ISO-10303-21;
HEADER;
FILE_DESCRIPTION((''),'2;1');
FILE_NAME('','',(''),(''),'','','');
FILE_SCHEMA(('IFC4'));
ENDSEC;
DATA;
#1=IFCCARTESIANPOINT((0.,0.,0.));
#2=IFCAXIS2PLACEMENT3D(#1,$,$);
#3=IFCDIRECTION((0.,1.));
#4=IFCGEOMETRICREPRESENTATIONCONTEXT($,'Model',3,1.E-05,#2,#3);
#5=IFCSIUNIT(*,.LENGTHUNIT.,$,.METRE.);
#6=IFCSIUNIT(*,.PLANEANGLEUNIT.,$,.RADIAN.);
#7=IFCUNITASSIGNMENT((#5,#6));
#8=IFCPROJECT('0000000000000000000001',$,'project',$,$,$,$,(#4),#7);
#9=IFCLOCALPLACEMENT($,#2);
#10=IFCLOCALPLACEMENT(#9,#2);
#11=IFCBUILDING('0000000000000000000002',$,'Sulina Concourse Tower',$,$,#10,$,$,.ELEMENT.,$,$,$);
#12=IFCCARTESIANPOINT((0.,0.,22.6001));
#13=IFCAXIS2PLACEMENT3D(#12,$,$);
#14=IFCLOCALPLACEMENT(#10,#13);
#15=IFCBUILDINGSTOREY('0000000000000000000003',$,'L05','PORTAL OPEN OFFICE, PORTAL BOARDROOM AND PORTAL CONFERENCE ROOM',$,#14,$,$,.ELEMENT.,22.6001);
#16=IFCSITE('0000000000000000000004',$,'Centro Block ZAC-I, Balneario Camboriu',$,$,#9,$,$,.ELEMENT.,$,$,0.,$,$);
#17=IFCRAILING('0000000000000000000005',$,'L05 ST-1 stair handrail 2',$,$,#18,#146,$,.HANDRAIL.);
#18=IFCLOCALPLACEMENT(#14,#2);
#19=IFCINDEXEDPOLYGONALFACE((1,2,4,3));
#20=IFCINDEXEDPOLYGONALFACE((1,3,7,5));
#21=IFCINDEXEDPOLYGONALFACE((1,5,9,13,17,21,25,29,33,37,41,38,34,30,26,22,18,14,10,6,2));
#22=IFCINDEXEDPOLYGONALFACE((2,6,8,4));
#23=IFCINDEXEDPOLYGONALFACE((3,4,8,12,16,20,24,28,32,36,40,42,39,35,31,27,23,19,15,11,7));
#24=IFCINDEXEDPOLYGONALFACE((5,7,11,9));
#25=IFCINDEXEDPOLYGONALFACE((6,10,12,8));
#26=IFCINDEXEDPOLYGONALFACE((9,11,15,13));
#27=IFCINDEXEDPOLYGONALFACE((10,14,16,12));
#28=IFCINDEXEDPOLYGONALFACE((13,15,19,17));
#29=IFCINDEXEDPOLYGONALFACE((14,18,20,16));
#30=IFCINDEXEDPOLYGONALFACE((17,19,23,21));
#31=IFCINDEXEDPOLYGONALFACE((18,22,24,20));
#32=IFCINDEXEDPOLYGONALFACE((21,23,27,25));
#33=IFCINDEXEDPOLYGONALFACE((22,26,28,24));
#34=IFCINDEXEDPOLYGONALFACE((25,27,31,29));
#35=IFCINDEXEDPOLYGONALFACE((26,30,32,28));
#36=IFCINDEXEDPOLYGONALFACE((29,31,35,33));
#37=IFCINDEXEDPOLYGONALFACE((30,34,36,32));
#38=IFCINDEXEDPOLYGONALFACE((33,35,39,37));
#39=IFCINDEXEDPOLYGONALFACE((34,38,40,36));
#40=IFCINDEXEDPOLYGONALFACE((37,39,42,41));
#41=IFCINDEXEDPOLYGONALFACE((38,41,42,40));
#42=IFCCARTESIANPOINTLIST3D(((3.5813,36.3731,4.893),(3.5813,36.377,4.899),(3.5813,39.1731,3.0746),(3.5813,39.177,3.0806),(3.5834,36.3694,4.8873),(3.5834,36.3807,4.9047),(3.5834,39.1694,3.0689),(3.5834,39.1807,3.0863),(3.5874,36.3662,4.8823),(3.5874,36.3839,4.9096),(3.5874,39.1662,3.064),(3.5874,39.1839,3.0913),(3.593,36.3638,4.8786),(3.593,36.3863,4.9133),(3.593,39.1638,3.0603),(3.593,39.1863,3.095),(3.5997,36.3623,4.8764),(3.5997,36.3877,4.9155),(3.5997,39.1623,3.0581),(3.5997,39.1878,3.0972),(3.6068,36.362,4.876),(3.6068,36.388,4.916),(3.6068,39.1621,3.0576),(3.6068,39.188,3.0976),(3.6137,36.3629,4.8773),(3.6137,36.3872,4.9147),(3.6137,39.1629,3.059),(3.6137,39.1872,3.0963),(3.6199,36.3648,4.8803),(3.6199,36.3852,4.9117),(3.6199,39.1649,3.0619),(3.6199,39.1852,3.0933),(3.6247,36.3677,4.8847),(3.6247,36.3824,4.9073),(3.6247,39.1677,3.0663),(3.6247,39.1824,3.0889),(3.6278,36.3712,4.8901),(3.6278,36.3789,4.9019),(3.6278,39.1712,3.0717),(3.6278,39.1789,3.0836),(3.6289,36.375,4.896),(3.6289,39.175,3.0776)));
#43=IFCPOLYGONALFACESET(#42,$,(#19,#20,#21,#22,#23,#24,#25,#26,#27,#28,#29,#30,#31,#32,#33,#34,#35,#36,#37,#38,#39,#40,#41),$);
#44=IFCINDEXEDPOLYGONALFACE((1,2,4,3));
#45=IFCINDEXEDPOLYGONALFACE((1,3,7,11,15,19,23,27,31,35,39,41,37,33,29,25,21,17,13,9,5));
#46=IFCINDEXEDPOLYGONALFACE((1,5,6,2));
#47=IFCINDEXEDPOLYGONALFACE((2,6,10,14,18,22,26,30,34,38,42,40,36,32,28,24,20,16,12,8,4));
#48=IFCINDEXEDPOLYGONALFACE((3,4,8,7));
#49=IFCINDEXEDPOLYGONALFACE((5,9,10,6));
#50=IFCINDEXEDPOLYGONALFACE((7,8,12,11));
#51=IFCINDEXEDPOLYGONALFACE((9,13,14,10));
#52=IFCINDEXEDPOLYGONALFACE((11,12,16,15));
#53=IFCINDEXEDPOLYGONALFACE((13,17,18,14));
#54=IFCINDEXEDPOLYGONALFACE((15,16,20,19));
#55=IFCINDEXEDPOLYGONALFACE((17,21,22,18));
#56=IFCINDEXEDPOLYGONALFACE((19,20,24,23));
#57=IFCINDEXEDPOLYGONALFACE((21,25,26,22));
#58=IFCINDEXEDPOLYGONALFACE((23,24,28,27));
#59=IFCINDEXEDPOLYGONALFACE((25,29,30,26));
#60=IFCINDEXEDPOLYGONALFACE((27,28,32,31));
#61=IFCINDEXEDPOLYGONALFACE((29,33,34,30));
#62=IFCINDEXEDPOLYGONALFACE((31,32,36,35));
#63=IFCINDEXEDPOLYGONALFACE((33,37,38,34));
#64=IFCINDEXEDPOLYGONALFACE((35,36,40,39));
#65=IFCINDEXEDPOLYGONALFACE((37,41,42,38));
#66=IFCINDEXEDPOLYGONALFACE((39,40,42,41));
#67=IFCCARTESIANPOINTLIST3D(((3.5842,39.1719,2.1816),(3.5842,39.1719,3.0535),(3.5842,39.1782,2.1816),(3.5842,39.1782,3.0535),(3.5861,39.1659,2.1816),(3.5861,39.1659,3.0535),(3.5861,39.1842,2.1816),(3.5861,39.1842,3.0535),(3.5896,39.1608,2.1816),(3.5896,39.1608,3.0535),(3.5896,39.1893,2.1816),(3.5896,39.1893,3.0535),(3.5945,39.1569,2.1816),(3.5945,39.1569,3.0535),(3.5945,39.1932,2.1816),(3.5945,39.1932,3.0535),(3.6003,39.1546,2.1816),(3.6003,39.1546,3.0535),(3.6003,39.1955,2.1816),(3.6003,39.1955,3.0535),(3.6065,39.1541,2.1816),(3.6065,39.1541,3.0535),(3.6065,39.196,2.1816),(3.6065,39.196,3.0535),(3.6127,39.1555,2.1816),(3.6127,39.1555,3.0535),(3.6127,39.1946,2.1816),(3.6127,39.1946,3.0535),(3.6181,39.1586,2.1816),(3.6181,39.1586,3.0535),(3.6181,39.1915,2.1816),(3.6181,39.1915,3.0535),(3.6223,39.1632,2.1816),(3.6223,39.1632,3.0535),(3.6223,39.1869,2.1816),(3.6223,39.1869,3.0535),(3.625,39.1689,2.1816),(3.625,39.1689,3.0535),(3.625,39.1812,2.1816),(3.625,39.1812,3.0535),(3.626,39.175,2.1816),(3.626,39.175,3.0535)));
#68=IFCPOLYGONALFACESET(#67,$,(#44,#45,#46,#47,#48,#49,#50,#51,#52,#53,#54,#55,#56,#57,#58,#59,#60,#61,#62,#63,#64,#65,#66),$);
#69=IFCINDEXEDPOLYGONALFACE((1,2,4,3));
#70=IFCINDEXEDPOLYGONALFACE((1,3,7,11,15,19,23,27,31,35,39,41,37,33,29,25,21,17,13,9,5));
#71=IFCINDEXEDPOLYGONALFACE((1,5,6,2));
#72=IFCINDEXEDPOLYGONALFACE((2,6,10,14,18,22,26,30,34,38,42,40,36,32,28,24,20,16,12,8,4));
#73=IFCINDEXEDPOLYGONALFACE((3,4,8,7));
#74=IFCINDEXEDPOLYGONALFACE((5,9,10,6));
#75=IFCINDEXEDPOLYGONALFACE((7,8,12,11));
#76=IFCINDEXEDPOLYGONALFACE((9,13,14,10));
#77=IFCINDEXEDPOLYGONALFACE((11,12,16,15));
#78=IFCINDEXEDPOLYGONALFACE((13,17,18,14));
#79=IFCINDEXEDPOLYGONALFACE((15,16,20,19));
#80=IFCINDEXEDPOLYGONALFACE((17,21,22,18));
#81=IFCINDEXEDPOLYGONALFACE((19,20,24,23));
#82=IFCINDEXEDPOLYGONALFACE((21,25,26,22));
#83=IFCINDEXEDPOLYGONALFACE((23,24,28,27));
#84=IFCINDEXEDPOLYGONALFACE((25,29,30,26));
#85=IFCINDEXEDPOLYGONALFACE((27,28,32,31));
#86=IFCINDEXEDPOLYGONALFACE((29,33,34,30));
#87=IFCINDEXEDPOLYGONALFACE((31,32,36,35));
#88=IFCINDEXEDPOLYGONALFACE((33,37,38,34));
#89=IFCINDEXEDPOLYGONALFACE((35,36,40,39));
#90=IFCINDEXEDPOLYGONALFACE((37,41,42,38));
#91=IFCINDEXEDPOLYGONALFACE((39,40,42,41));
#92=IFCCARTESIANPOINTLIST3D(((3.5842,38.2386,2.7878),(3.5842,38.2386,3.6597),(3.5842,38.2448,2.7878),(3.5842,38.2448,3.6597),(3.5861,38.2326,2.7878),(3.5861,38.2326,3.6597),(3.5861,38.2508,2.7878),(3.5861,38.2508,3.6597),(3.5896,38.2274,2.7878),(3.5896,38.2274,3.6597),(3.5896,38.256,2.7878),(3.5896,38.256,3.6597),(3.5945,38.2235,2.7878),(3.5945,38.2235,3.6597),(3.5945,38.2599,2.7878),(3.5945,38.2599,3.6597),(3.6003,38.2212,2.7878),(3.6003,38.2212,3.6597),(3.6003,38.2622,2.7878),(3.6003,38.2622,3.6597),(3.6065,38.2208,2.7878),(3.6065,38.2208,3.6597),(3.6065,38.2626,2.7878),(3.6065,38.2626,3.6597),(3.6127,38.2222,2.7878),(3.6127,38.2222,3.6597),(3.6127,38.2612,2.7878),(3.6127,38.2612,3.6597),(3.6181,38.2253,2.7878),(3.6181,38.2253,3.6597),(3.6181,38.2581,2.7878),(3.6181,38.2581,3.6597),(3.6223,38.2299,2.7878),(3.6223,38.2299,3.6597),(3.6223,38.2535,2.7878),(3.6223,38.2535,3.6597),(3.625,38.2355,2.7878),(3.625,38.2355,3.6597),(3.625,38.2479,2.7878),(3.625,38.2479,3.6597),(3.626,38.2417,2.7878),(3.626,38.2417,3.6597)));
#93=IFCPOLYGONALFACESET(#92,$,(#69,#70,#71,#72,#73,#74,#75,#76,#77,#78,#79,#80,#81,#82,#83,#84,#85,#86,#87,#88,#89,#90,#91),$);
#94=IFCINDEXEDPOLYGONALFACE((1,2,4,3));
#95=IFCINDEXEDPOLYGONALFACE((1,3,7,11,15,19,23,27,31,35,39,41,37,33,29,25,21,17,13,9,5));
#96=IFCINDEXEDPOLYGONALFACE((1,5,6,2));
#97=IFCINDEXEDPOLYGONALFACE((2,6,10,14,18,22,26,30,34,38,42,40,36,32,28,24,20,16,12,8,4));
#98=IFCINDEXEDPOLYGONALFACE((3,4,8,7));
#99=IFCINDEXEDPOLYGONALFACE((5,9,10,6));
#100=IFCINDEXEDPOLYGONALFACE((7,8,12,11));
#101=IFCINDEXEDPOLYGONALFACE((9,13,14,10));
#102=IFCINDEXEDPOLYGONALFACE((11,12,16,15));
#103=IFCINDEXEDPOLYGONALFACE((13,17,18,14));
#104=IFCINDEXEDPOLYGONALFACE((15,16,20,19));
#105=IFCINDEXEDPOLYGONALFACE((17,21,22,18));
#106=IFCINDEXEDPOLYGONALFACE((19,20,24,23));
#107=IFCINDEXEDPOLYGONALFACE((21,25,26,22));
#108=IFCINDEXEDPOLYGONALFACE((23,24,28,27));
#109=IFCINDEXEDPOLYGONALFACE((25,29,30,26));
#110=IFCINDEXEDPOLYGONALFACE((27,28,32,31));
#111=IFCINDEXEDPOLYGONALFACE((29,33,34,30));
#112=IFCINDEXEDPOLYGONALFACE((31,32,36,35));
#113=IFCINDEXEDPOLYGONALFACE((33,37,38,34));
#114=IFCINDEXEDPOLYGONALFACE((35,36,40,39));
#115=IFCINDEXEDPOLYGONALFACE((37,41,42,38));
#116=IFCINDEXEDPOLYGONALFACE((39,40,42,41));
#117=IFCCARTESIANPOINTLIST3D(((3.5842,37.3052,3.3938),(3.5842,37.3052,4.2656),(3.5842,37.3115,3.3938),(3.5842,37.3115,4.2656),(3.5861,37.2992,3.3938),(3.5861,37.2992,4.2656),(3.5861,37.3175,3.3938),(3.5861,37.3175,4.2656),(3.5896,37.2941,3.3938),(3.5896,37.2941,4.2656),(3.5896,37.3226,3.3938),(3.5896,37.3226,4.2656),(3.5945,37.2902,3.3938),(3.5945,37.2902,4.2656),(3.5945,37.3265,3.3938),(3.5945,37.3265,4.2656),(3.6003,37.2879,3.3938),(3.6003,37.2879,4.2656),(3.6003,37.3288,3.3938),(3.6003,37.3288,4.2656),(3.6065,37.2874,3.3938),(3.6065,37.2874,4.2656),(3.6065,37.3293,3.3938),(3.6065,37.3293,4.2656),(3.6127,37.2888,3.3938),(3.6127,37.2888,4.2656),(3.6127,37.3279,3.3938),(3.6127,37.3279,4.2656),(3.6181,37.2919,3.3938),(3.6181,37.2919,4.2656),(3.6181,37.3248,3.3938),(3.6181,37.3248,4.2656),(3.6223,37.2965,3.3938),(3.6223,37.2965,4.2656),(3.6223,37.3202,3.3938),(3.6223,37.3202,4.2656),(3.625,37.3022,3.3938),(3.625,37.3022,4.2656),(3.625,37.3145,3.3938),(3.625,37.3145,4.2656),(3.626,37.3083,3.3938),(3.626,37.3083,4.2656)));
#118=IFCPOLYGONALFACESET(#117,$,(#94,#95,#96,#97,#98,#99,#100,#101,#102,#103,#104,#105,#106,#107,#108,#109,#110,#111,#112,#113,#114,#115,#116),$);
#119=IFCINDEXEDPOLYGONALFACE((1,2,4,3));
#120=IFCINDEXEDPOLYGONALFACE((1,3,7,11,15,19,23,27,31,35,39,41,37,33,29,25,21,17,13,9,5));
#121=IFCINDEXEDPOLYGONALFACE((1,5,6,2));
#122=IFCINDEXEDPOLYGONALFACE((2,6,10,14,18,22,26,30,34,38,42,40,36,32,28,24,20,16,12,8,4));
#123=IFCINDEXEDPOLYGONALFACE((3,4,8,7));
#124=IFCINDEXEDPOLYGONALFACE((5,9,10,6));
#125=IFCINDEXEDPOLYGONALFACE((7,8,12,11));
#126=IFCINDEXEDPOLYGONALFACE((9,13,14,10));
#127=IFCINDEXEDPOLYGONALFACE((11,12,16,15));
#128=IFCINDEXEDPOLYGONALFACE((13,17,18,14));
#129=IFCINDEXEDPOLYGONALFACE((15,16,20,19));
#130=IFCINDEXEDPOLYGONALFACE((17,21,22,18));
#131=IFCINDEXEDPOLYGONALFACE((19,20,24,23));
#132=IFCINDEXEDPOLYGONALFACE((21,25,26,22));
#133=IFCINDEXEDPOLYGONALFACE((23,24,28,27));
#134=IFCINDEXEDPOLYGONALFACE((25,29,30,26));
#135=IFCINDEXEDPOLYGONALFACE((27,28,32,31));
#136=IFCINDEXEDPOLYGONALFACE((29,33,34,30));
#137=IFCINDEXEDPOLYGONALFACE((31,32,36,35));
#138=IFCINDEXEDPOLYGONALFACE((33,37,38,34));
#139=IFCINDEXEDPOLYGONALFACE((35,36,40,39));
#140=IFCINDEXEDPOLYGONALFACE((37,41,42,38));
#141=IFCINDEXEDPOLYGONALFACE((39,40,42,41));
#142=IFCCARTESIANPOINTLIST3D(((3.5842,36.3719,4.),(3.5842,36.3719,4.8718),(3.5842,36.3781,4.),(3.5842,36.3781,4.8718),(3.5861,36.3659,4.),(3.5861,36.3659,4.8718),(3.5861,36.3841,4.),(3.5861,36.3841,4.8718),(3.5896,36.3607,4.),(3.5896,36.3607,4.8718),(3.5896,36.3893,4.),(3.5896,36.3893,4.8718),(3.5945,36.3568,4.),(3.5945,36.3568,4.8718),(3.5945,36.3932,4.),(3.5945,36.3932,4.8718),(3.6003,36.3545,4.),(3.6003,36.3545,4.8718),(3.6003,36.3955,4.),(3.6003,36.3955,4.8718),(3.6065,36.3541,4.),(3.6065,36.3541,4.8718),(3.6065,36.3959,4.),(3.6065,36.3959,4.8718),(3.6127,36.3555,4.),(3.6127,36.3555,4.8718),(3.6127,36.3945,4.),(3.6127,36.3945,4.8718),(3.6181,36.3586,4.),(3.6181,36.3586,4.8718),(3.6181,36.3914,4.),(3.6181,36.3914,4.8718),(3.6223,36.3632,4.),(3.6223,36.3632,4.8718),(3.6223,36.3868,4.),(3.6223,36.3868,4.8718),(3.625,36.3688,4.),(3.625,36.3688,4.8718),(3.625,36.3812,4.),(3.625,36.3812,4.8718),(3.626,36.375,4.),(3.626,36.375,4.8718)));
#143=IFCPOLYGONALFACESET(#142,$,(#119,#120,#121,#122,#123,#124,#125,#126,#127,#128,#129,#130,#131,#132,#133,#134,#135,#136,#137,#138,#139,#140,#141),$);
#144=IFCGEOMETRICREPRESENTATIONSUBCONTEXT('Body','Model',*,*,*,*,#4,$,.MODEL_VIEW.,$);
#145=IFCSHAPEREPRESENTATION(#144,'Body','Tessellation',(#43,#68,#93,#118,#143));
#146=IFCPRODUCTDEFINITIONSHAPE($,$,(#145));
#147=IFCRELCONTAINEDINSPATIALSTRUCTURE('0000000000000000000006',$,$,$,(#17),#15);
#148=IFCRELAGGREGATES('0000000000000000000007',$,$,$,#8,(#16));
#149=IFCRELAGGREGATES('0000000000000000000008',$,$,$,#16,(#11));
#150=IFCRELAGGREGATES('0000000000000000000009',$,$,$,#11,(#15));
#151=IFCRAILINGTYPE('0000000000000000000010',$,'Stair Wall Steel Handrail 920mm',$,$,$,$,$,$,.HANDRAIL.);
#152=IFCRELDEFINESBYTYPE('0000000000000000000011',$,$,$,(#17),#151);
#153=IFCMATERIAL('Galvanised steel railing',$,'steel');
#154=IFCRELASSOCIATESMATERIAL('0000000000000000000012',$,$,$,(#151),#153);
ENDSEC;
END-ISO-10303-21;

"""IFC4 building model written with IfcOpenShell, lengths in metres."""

from ifc_helpers import new_model, si_unit, direction, frame, origin, origin_2d, place, context, subcontext, project, spatial, circle, extrude, material, type_object, element, save


model = new_model("IFC4")

# Units and contexts
model_context = context("Model", 3, precision=1e-05, world=origin(), true_north=direction((0.0, 1.0)))
body_context = subcontext(model_context, "Body", "Model", "MODEL_VIEW")
ifc_project = project(units=[si_unit("LENGTHUNIT", "METRE"), si_unit("PLANEANGLEUNIT", "RADIAN")], contexts=[model_context])

# Site, building, storey
site_placement = place(None, origin())
site = spatial("IfcSite", under=ifc_project, at=site_placement, Name="Centro Block ZAC-I, Balneario Camboriu", CompositionType="ELEMENT", RefElevation=0.0)
building_placement = place(site_placement, origin())
building = spatial("IfcBuilding", under=site, at=building_placement, Name="Sulina Concourse Tower", CompositionType="ELEMENT")
storey_placement = place(building_placement, frame((0.0, 0.0, 22.6001)))
storey = spatial("IfcBuildingStorey", under=building, at=storey_placement, Name="L05", Description="PORTAL OPEN OFFICE, PORTAL BOARDROOM AND PORTAL CONFERENCE ROOM", CompositionType="ELEMENT", Elevation=22.6001)

# Railing
ifc_material_1 = material(Name="Galvanised steel railing", Category="steel")
railing_type_1 = type_object("IfcRailingType", Name="Stair Wall Steel Handrail 920mm", PredefinedType="HANDRAIL", material=ifc_material_1)
railing_1_placement = place(storey_placement, frame((3.605, 39.175, 2.1816)))
element("IfcRailing", 1, at=railing_1_placement, inside=storey, type_object=railing_type_1, Name="L05 ST-1 stair handrail 2", PredefinedType="HANDRAIL", context=body_context, shape_type="SweptSolid", body=[
    extrude(circle(Radius=0.0239, at=origin_2d()), frame((0.0, 0.0, 0.896), z_axis=(0.0, -0.838672, 0.544636), x_axis=(1.0, 0.0, 0.0)), (0.0, 0.0, 1.0), 3.3386),
    extrude(circle(Radius=0.021, at=origin_2d()), origin(), (0.0, 0.0, 1.0), 0.8718),
    extrude(circle(Radius=0.021, at=origin_2d()), frame((0.0, -0.9333, 0.6062)), (0.0, 0.0, 1.0), 0.8718),
    extrude(circle(Radius=0.021, at=origin_2d()), frame((0.0, -1.8667, 1.2122)), (0.0, 0.0, 1.0), 0.8718),
    extrude(circle(Radius=0.021, at=origin_2d()), frame((0.0, -2.8, 1.8184)), (0.0, 0.0, 1.0), 0.8718),
])

save(model, "model.ifc")
